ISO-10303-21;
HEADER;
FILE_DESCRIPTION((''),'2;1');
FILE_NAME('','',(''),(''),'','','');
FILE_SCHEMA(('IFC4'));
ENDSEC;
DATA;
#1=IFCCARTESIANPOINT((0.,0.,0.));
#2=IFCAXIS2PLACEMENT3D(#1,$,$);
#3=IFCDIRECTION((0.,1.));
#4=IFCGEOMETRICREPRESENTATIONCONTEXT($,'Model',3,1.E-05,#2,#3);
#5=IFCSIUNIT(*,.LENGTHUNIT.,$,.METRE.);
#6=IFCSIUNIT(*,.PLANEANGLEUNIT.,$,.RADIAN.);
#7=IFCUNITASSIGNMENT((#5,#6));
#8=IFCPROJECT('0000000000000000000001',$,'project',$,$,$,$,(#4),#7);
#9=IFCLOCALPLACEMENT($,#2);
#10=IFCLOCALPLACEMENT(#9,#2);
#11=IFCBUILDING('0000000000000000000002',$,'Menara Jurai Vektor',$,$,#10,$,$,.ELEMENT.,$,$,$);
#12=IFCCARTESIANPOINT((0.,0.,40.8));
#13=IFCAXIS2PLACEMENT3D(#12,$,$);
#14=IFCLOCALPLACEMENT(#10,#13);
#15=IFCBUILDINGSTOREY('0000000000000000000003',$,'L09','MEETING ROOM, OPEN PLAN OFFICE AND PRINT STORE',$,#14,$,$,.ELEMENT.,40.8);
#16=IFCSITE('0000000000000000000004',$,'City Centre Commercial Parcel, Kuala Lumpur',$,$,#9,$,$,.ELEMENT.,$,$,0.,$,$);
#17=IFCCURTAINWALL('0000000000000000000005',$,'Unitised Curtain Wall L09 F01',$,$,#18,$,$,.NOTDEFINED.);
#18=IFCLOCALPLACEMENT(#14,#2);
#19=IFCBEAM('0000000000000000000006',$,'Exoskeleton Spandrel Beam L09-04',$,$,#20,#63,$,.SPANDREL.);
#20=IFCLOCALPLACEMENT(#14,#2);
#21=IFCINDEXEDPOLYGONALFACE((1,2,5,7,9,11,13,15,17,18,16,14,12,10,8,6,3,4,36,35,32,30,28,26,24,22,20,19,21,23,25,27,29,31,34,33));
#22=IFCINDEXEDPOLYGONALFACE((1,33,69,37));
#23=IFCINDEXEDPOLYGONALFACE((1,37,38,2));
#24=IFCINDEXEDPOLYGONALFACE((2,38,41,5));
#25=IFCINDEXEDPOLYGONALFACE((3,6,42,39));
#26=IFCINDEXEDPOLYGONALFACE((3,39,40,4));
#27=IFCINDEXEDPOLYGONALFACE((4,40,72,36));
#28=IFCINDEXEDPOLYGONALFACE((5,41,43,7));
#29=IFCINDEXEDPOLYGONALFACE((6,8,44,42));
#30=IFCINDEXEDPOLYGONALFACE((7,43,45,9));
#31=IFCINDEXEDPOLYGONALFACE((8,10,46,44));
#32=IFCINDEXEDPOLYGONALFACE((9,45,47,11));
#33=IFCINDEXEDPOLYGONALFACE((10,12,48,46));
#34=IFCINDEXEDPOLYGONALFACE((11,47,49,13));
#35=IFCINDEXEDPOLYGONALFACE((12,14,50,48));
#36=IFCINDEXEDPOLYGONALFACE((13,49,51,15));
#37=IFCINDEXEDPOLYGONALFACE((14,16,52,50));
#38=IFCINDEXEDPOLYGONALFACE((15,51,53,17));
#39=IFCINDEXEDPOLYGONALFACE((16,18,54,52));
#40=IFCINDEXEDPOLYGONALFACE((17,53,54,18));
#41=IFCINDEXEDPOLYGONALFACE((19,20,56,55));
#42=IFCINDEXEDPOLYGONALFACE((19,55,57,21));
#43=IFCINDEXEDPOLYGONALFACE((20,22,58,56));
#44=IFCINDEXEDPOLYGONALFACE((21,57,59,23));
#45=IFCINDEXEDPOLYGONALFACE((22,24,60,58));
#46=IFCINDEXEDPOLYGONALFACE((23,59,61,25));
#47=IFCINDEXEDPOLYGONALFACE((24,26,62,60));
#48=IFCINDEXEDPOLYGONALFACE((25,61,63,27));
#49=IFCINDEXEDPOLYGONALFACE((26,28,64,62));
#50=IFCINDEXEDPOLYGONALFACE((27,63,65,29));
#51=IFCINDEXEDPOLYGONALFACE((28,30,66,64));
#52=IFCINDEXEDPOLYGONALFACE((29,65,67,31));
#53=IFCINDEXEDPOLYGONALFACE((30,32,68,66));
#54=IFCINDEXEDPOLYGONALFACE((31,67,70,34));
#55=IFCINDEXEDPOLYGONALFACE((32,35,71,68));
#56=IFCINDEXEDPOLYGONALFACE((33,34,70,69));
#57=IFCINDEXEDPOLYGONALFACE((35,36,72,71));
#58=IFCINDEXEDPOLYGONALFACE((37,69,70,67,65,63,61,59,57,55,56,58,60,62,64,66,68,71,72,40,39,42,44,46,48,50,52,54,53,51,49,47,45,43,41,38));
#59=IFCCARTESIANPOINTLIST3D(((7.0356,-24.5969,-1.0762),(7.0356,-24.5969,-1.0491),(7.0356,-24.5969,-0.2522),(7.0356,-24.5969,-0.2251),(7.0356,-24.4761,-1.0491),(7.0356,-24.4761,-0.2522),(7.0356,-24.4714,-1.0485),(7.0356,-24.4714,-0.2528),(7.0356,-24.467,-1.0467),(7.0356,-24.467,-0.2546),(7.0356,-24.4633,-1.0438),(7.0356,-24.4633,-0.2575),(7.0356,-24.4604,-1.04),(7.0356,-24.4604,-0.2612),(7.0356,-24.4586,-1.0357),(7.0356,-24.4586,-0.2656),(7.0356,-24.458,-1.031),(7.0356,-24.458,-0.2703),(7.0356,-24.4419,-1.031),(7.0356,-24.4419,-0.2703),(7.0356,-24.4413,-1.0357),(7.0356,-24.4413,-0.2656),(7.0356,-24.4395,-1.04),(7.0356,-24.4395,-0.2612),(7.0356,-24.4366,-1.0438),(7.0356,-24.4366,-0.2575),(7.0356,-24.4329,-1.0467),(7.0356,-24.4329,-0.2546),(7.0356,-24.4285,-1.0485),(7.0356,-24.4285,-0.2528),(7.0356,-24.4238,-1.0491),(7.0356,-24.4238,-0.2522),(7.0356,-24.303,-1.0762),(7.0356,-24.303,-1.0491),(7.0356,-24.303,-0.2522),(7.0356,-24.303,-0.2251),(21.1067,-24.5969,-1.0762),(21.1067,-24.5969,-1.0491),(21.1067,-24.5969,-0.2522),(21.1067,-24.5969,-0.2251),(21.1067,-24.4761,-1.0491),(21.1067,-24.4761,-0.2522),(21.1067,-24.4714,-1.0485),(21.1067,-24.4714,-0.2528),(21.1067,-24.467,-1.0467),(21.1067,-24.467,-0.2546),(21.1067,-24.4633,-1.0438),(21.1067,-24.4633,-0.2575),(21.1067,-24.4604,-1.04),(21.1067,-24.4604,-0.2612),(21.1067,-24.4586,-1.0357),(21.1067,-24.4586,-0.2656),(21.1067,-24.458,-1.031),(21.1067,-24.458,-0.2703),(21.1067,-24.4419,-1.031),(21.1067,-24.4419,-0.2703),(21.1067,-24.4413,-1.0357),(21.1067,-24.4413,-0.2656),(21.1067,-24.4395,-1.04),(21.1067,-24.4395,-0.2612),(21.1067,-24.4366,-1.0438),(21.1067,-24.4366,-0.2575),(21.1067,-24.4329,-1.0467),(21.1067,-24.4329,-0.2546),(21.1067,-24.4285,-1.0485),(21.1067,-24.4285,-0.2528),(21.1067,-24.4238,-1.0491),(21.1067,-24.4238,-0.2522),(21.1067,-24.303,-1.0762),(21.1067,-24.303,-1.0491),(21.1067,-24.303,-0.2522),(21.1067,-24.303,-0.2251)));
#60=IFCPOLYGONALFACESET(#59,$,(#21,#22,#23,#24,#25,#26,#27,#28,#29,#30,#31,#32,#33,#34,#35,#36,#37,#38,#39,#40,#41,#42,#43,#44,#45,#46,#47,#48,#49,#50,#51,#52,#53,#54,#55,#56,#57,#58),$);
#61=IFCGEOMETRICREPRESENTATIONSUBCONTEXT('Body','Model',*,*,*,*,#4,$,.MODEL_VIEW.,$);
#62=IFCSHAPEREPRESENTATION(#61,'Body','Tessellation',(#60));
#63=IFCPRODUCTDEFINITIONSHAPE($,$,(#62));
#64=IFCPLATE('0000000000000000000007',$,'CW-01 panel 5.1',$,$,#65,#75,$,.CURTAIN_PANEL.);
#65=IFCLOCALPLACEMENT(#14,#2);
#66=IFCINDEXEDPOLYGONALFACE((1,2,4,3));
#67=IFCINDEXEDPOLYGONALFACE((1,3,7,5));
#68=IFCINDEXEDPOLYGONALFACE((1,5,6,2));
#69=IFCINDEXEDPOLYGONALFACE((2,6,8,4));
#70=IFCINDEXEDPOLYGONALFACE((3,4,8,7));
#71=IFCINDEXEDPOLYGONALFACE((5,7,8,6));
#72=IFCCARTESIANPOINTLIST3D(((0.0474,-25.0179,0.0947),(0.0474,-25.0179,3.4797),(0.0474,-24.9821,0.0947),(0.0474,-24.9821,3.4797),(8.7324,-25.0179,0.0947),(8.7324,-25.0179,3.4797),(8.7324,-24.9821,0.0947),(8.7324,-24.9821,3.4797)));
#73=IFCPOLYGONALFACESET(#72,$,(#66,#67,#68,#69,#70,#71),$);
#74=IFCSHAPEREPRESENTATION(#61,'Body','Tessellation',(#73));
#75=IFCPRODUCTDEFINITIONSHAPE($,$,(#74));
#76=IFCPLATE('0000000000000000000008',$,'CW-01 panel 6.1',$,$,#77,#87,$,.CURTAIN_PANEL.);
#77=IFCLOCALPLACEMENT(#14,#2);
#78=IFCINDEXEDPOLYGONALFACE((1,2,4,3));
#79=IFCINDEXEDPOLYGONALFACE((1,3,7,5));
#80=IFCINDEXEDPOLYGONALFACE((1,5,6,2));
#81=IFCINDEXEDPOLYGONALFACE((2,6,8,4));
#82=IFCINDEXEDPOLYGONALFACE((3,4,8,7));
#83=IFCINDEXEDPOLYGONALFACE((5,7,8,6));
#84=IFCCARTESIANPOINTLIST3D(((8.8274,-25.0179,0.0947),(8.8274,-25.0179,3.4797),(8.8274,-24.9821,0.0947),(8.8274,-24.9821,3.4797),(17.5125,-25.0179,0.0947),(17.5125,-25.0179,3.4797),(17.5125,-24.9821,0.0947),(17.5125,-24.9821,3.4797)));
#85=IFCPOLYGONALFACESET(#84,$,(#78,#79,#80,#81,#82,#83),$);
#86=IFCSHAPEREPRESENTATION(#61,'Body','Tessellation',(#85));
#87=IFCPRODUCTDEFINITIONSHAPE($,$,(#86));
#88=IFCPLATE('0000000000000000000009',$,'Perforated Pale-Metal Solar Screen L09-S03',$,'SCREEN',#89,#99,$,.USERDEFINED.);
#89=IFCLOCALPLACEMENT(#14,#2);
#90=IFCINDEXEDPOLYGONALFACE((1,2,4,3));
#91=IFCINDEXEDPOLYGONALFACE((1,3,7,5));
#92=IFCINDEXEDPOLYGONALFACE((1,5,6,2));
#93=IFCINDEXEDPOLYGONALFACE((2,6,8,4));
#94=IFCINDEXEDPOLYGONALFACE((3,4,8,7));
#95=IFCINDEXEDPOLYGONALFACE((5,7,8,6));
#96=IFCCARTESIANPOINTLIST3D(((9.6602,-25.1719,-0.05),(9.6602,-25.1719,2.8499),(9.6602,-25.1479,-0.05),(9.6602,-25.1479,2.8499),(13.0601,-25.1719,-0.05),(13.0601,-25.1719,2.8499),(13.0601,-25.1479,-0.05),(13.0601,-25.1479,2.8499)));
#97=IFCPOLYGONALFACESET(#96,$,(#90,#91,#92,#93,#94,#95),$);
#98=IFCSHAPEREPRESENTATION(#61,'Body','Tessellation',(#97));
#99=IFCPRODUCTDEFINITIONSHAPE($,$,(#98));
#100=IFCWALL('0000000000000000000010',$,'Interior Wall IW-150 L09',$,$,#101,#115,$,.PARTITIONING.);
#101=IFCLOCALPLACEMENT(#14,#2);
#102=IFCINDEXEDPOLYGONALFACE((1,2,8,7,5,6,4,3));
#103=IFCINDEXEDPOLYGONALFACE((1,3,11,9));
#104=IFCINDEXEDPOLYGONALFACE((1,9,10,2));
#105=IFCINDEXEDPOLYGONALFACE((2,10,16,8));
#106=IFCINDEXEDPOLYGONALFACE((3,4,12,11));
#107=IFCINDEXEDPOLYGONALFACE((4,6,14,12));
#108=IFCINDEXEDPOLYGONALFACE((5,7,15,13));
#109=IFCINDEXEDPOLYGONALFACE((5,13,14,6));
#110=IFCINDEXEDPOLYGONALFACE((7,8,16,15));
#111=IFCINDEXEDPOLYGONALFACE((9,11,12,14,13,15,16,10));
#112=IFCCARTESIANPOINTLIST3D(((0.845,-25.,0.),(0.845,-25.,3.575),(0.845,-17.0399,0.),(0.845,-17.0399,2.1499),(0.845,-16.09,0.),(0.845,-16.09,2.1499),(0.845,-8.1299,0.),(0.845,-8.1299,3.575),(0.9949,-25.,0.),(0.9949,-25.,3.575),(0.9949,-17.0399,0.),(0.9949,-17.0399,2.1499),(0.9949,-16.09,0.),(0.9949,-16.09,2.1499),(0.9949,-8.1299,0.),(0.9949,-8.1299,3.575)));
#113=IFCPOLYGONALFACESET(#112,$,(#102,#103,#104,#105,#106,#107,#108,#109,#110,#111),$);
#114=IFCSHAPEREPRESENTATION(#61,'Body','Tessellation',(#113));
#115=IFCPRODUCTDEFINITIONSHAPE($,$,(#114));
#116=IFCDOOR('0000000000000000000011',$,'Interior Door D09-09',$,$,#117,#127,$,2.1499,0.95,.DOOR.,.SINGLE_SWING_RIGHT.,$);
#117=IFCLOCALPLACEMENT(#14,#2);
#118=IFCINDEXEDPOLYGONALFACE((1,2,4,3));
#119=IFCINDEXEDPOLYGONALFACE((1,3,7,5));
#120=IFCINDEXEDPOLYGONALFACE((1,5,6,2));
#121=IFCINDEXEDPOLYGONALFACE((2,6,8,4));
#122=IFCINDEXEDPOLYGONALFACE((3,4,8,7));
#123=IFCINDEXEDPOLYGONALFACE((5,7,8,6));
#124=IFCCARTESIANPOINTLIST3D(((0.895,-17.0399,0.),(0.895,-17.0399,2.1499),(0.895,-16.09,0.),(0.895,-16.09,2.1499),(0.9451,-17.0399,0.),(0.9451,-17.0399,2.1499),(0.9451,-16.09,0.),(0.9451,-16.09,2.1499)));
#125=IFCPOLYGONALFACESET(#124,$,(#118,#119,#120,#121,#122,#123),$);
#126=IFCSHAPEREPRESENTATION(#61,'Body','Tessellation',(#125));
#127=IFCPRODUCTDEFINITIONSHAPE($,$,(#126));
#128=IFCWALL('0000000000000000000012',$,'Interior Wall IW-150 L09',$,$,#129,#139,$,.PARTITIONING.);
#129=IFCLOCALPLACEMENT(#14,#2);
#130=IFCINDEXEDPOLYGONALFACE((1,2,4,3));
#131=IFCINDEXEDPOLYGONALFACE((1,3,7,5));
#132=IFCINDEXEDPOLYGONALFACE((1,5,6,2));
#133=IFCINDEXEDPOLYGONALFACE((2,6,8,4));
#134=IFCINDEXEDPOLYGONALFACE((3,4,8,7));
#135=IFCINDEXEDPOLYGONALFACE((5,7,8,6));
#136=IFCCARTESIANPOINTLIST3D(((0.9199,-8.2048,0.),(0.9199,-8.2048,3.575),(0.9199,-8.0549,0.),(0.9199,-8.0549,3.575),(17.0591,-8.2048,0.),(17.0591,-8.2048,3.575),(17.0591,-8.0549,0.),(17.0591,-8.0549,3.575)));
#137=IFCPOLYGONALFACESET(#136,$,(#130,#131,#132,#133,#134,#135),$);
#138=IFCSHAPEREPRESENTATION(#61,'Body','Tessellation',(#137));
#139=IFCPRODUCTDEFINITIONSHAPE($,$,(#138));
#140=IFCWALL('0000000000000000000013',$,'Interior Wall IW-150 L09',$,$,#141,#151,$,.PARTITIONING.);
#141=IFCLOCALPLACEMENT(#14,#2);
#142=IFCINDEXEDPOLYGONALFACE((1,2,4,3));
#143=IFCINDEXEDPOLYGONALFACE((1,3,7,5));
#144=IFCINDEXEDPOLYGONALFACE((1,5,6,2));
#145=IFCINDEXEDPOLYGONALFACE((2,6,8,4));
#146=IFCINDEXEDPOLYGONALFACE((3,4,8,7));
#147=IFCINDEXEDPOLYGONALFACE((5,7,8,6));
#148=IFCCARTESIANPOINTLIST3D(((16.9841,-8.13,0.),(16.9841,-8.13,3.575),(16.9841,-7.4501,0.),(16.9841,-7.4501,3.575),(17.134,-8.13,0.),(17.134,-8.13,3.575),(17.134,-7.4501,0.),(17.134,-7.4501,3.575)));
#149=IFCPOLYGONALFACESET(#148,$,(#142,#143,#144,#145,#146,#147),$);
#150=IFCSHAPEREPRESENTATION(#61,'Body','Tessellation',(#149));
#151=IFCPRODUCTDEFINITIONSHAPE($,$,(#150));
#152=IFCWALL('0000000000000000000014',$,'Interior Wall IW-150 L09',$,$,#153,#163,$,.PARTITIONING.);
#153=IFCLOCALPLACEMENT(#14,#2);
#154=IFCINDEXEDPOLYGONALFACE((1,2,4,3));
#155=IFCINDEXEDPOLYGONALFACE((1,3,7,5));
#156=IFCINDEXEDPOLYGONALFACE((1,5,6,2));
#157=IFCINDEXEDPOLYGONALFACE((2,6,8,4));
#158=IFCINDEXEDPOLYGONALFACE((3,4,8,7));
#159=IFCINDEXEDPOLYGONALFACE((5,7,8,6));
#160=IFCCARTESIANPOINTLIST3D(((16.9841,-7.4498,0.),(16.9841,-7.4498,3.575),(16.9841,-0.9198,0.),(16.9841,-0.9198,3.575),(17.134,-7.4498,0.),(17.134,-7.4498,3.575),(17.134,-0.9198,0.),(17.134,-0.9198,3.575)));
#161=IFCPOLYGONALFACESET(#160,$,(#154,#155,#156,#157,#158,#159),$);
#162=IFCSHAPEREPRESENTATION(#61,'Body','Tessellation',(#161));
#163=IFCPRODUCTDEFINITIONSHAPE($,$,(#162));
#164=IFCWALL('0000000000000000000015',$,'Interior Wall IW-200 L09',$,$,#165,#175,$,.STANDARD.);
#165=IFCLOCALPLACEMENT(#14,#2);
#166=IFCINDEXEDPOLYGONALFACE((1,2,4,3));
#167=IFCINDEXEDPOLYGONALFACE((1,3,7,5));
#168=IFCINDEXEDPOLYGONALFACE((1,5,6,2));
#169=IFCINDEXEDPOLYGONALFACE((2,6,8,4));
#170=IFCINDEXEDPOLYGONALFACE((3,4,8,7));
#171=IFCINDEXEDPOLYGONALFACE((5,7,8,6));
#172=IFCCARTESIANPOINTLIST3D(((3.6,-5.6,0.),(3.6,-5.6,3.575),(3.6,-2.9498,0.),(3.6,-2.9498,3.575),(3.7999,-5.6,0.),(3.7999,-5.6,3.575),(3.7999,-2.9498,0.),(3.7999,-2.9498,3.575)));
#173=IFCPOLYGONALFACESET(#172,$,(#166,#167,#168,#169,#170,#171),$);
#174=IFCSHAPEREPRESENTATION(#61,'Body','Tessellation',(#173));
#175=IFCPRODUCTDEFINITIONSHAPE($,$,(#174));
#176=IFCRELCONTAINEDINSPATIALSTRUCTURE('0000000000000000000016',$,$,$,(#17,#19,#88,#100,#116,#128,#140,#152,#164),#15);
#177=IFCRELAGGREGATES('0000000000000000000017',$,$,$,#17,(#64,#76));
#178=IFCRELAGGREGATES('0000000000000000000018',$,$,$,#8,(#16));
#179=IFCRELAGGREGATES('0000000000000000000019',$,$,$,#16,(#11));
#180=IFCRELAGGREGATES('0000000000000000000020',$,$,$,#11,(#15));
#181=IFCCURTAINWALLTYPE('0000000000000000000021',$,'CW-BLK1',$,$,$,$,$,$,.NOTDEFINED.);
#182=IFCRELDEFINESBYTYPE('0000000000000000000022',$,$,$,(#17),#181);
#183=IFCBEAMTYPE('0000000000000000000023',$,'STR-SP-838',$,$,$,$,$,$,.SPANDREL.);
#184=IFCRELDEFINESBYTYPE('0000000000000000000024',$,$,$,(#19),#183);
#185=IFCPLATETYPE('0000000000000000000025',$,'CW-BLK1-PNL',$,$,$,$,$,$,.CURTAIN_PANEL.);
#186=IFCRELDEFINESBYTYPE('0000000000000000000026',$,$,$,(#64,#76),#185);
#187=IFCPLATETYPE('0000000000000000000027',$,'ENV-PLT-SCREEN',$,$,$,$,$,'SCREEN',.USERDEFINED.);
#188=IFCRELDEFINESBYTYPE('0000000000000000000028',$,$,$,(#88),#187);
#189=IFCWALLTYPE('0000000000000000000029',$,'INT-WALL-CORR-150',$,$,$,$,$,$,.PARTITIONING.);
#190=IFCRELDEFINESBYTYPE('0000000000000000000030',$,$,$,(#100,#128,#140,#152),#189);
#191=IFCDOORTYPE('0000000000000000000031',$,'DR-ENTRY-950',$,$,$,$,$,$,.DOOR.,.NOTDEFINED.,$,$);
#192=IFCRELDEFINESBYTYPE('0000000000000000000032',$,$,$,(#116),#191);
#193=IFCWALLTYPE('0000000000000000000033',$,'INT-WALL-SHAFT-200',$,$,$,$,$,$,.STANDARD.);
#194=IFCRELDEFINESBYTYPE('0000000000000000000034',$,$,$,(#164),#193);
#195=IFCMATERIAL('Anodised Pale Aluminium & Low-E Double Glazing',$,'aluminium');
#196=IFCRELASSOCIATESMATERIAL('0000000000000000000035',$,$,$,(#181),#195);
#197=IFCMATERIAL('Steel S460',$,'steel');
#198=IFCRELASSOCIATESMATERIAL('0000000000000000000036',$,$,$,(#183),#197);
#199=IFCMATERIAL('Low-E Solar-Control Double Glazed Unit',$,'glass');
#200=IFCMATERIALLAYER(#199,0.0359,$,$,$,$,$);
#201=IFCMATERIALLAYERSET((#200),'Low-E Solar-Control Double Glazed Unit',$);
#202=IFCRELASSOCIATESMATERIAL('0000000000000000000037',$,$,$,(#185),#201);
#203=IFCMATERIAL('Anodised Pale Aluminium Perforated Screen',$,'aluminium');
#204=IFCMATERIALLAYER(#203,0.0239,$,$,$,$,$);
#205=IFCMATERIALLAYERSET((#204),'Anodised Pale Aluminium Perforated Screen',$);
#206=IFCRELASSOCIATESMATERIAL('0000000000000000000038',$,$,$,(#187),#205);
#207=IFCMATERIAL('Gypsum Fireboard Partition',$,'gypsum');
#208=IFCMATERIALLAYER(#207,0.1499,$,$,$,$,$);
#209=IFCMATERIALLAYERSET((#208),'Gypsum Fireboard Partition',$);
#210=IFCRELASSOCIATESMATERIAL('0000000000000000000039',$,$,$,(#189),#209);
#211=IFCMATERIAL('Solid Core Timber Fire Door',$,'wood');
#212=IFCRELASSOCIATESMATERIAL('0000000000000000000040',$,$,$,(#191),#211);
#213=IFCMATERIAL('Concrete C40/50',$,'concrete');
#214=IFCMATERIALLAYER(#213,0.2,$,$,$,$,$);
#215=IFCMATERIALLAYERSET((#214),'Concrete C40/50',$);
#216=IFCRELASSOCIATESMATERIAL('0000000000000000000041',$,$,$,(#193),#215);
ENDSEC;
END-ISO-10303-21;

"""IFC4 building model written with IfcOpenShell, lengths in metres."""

from ifc_helpers import new_model, si_unit, direction, frame, frame_2d, origin, origin_2d, place, context, subcontext, project, spatial, rectangle, i_section, extrude, material, layer, layer_set, material_profile, profile_set, type_object, element, fill, aggregate, save


model = new_model("IFC4")

# Units and contexts
model_context = context("Model", 3, precision=1e-05, world=origin(), true_north=direction((0.0, 1.0)))
body_context = subcontext(model_context, "Body", "Model", "MODEL_VIEW")
ifc_project = project(units=[si_unit("LENGTHUNIT", "METRE"), si_unit("PLANEANGLEUNIT", "RADIAN")], contexts=[model_context])

# Site, building, storey
site_placement = place(None, origin())
site = spatial("IfcSite", under=ifc_project, at=site_placement, Name="City Centre Commercial Parcel, Kuala Lumpur", CompositionType="ELEMENT", RefElevation=0.0)
building_placement = place(site_placement, origin())
building = spatial("IfcBuilding", under=site, at=building_placement, Name="Menara Jurai Vektor", CompositionType="ELEMENT")
storey_placement = place(building_placement, frame((0.0, 0.0, 40.8)))
storey = spatial("IfcBuildingStorey", under=building, at=storey_placement, Name="L09", Description="MEETING ROOM, OPEN PLAN OFFICE AND PRINT STORE", CompositionType="ELEMENT", Elevation=40.8)

# Shared definitions
ifc_material_1 = material(Name="Steel S460", Category="steel")

# Curtain wall
ifc_material_2 = material(Name="Anodised Pale Aluminium & Low-E Double Glazing", Category="aluminium")
curtain_wall_type = type_object("IfcCurtainWallType", Name="CW-BLK1", PredefinedType="NOTDEFINED", material=ifc_material_2)
curtain_wall_placement = place(storey_placement, origin())
curtain_wall = element("IfcCurtainWall", 1, at=curtain_wall_placement, inside=storey, type_object=curtain_wall_type, Name="Unitised Curtain Wall L09 F01", PredefinedType="NOTDEFINED")

# Beam
ifc_material_profile_1 = material_profile(ifc_material_1, i_section(OverallWidth=0.2939, OverallDepth=0.8511, WebThickness=0.0161, FlangeThickness=0.0271, FilletRadius=0.0181, at=origin_2d()), Name="UKB 838x292x226")
ifc_profile_set_1 = profile_set([ifc_material_profile_1], Name="Steel S460")
beam_type_1 = type_object("IfcBeamType", Name="STR-SP-838", PredefinedType="SPANDREL", material=ifc_profile_set_1)
beam_1_placement = place(storey_placement, frame((7.0356, -24.45, -0.6506), z_axis=(1.0, 0.0, 0.0), x_axis=(0.0, 1.0, 0.0)))
element("IfcBeam", 2, at=beam_1_placement, inside=storey, type_object=beam_type_1, Name="Exoskeleton Spandrel Beam L09-04", PredefinedType="SPANDREL", context=body_context, shape_type="SweptSolid", body=[
    extrude(i_section(OverallWidth=0.2939, OverallDepth=0.8511, WebThickness=0.0161, FlangeThickness=0.0271, FilletRadius=0.0181, at=origin_2d()), origin(), (0.0, 0.0, 1.0), 14.071),
])

# Plates
ifc_material_3 = material(Name="Low-E Solar-Control Double Glazed Unit", Category="glass")
ifc_layer_1 = layer(ifc_material_3, 0.0359)
ifc_layer_set_1 = layer_set([ifc_layer_1], Name="Low-E Solar-Control Double Glazed Unit")
plate_type_1 = type_object("IfcPlateType", Name="CW-BLK1-PNL", PredefinedType="CURTAIN_PANEL", material=ifc_layer_set_1)
plate_1_placement = place(storey_placement, frame((4.3899, -25.0, 0.0947), z_axis=(0.0, 0.0, 1.0), x_axis=(1.0, 0.0, 0.0)))
plate_1 = element("IfcPlate", 3, at=plate_1_placement, type_object=plate_type_1, Name="CW-01 panel 5.1", PredefinedType="CURTAIN_PANEL", context=body_context, shape_type="SweptSolid", body=[
    extrude(rectangle(XDim=8.6851, YDim=0.0359, at=origin_2d()), origin(), (0.0, 0.0, 1.0), 3.385),
])
plate_2_placement = place(storey_placement, frame((13.1699, -25.0, 0.0947), z_axis=(0.0, 0.0, 1.0), x_axis=(1.0, 0.0, 0.0)))
plate_2 = element("IfcPlate", 4, at=plate_2_placement, type_object=plate_type_1, Name="CW-01 panel 6.1", PredefinedType="CURTAIN_PANEL", context=body_context, shape_type="SweptSolid", body=[
    extrude(rectangle(XDim=8.6851, YDim=0.0359, at=origin_2d()), origin(), (0.0, 0.0, 1.0), 3.385),
])
aggregate(curtain_wall, [plate_1, plate_2])
ifc_material_4 = material(Name="Anodised Pale Aluminium Perforated Screen", Category="aluminium")
ifc_layer_2 = layer(ifc_material_4, 0.0239)
ifc_layer_set_2 = layer_set([ifc_layer_2], Name="Anodised Pale Aluminium Perforated Screen")
plate_type_2 = type_object("IfcPlateType", Name="ENV-PLT-SCREEN", ElementType="SCREEN", PredefinedType="USERDEFINED", material=ifc_layer_set_2)
plate_3_placement = place(storey_placement, frame((11.3601, -25.1599, -0.05), z_axis=(0.0, 0.0, 1.0), x_axis=(1.0, 0.0, 0.0)))
element("IfcPlate", 5, at=plate_3_placement, inside=storey, type_object=plate_type_2, Name="Perforated Pale-Metal Solar Screen L09-S03", ObjectType="SCREEN", PredefinedType="USERDEFINED", context=body_context, shape_type="SweptSolid", body=[
    extrude(rectangle(XDim=3.3999, YDim=0.0239, at=origin_2d()), origin(), (0.0, 0.0, 1.0), 2.8999),
])

# Wall, opening, door
ifc_material_5 = material(Name="Gypsum Fireboard Partition", Category="gypsum")
ifc_layer_3 = layer(ifc_material_5, 0.1499)
ifc_layer_set_3 = layer_set([ifc_layer_3], Name="Gypsum Fireboard Partition")
wall_type_1 = type_object("IfcWallType", Name="INT-WALL-CORR-150", PredefinedType="PARTITIONING", material=ifc_layer_set_3)
wall_1_placement = place(storey_placement, frame((0.9199, -25.0, 0.0), z_axis=(0.0, 0.0, 1.0), x_axis=(0.0, 1.0, 0.0)))
wall_1 = element("IfcWall", 6, at=wall_1_placement, inside=storey, type_object=wall_type_1, Name="Interior Wall IW-150 L09", PredefinedType="PARTITIONING", context=body_context, shape_type="SweptSolid", body=[
    extrude(rectangle(XDim=16.8701, YDim=0.1499, at=frame_2d((8.4351, 0.0))), origin(), (0.0, 0.0, 1.0), 3.575),
])
opening_placement = place(wall_1_placement, frame((7.96, 0.0, 0.0)))
opening = element("IfcOpeningElement", 7, at=opening_placement, cuts=wall_1, PredefinedType="OPENING", context=body_context, shape_type="SweptSolid", body=[
    extrude(rectangle(XDim=0.95, YDim=2.1499, at=frame_2d((0.4751, 1.075))), frame((0.0, 0.085, 0.0), z_axis=(0.0, -1.0, 0.0), x_axis=(1.0, 0.0, 0.0)), (0.0, 0.0, 1.0), 0.1699),
])
ifc_material_6 = material(Name="Solid Core Timber Fire Door", Category="wood")
door_type = type_object("IfcDoorType", Name="DR-ENTRY-950", OperationType="NOTDEFINED", PredefinedType="DOOR", material=ifc_material_6)
door_placement = place(opening_placement, origin())
door = element("IfcDoor", 8, at=door_placement, inside=storey, type_object=door_type, Name="Interior Door D09-09", OperationType="SINGLE_SWING_RIGHT", OverallHeight=2.1499, OverallWidth=0.95, PredefinedType="DOOR", context=body_context, shape_type="SweptSolid", body=[
    extrude(rectangle(XDim=0.95, YDim=2.1499, at=frame_2d((0.4751, 1.075))), frame((0.0, 0.0249, 0.0), z_axis=(0.0, -1.0, 0.0), x_axis=(1.0, 0.0, 0.0)), (0.0, 0.0, 1.0), 0.05),
])
fill(opening, door)

# Walls
wall_2_placement = place(storey_placement, frame((0.9199, -8.1299, 0.0), z_axis=(0.0, 0.0, 1.0), x_axis=(1.0, 0.0, 0.0)))
element("IfcWall", 9, at=wall_2_placement, inside=storey, type_object=wall_type_1, Name="Interior Wall IW-150 L09", PredefinedType="PARTITIONING", context=body_context, shape_type="SweptSolid", body=[
    extrude(rectangle(XDim=16.1392, YDim=0.1499, at=frame_2d((8.0696, 0.0))), origin(), (0.0, 0.0, 1.0), 3.575),
])
wall_3_placement = place(storey_placement, frame((17.0591, -8.1299, 0.0), z_axis=(0.0, 0.0, 1.0), x_axis=(0.0, 1.0, 0.0)))
element("IfcWall", 10, at=wall_3_placement, inside=storey, type_object=wall_type_1, Name="Interior Wall IW-150 L09", PredefinedType="PARTITIONING", context=body_context, shape_type="SweptSolid", body=[
    extrude(rectangle(XDim=0.6799, YDim=0.1499, at=frame_2d((0.3398, 0.0))), origin(), (0.0, 0.0, 1.0), 3.575),
])
wall_4_placement = place(storey_placement, frame((17.0591, -7.45, 0.0), z_axis=(0.0, 0.0, 1.0), x_axis=(0.0, 1.0, 0.0)))
element("IfcWall", 11, at=wall_4_placement, inside=storey, type_object=wall_type_1, Name="Interior Wall IW-150 L09", PredefinedType="PARTITIONING", context=body_context, shape_type="SweptSolid", body=[
    extrude(rectangle(XDim=6.53, YDim=0.1499, at=frame_2d((3.2651, 0.0))), origin(), (0.0, 0.0, 1.0), 3.575),
])
ifc_material_7 = material(Name="Concrete C40/50", Category="concrete")
ifc_layer_4 = layer(ifc_material_7, 0.2)
ifc_layer_set_4 = layer_set([ifc_layer_4], Name="Concrete C40/50")
wall_type_2 = type_object("IfcWallType", Name="INT-WALL-SHAFT-200", PredefinedType="STANDARD", material=ifc_layer_set_4)
wall_5_placement = place(storey_placement, frame((3.7, -5.6001, 0.0), z_axis=(0.0, 0.0, 1.0), x_axis=(0.0, 1.0, 0.0)))
element("IfcWall", 12, at=wall_5_placement, inside=storey, type_object=wall_type_2, Name="Interior Wall IW-200 L09", PredefinedType="STANDARD", context=body_context, shape_type="SweptSolid", body=[
    extrude(rectangle(XDim=2.6501, YDim=0.2, at=frame_2d((1.3252, 0.0))), origin(), (0.0, 0.0, 1.0), 3.575),
])

save(model, "model.ifc")
